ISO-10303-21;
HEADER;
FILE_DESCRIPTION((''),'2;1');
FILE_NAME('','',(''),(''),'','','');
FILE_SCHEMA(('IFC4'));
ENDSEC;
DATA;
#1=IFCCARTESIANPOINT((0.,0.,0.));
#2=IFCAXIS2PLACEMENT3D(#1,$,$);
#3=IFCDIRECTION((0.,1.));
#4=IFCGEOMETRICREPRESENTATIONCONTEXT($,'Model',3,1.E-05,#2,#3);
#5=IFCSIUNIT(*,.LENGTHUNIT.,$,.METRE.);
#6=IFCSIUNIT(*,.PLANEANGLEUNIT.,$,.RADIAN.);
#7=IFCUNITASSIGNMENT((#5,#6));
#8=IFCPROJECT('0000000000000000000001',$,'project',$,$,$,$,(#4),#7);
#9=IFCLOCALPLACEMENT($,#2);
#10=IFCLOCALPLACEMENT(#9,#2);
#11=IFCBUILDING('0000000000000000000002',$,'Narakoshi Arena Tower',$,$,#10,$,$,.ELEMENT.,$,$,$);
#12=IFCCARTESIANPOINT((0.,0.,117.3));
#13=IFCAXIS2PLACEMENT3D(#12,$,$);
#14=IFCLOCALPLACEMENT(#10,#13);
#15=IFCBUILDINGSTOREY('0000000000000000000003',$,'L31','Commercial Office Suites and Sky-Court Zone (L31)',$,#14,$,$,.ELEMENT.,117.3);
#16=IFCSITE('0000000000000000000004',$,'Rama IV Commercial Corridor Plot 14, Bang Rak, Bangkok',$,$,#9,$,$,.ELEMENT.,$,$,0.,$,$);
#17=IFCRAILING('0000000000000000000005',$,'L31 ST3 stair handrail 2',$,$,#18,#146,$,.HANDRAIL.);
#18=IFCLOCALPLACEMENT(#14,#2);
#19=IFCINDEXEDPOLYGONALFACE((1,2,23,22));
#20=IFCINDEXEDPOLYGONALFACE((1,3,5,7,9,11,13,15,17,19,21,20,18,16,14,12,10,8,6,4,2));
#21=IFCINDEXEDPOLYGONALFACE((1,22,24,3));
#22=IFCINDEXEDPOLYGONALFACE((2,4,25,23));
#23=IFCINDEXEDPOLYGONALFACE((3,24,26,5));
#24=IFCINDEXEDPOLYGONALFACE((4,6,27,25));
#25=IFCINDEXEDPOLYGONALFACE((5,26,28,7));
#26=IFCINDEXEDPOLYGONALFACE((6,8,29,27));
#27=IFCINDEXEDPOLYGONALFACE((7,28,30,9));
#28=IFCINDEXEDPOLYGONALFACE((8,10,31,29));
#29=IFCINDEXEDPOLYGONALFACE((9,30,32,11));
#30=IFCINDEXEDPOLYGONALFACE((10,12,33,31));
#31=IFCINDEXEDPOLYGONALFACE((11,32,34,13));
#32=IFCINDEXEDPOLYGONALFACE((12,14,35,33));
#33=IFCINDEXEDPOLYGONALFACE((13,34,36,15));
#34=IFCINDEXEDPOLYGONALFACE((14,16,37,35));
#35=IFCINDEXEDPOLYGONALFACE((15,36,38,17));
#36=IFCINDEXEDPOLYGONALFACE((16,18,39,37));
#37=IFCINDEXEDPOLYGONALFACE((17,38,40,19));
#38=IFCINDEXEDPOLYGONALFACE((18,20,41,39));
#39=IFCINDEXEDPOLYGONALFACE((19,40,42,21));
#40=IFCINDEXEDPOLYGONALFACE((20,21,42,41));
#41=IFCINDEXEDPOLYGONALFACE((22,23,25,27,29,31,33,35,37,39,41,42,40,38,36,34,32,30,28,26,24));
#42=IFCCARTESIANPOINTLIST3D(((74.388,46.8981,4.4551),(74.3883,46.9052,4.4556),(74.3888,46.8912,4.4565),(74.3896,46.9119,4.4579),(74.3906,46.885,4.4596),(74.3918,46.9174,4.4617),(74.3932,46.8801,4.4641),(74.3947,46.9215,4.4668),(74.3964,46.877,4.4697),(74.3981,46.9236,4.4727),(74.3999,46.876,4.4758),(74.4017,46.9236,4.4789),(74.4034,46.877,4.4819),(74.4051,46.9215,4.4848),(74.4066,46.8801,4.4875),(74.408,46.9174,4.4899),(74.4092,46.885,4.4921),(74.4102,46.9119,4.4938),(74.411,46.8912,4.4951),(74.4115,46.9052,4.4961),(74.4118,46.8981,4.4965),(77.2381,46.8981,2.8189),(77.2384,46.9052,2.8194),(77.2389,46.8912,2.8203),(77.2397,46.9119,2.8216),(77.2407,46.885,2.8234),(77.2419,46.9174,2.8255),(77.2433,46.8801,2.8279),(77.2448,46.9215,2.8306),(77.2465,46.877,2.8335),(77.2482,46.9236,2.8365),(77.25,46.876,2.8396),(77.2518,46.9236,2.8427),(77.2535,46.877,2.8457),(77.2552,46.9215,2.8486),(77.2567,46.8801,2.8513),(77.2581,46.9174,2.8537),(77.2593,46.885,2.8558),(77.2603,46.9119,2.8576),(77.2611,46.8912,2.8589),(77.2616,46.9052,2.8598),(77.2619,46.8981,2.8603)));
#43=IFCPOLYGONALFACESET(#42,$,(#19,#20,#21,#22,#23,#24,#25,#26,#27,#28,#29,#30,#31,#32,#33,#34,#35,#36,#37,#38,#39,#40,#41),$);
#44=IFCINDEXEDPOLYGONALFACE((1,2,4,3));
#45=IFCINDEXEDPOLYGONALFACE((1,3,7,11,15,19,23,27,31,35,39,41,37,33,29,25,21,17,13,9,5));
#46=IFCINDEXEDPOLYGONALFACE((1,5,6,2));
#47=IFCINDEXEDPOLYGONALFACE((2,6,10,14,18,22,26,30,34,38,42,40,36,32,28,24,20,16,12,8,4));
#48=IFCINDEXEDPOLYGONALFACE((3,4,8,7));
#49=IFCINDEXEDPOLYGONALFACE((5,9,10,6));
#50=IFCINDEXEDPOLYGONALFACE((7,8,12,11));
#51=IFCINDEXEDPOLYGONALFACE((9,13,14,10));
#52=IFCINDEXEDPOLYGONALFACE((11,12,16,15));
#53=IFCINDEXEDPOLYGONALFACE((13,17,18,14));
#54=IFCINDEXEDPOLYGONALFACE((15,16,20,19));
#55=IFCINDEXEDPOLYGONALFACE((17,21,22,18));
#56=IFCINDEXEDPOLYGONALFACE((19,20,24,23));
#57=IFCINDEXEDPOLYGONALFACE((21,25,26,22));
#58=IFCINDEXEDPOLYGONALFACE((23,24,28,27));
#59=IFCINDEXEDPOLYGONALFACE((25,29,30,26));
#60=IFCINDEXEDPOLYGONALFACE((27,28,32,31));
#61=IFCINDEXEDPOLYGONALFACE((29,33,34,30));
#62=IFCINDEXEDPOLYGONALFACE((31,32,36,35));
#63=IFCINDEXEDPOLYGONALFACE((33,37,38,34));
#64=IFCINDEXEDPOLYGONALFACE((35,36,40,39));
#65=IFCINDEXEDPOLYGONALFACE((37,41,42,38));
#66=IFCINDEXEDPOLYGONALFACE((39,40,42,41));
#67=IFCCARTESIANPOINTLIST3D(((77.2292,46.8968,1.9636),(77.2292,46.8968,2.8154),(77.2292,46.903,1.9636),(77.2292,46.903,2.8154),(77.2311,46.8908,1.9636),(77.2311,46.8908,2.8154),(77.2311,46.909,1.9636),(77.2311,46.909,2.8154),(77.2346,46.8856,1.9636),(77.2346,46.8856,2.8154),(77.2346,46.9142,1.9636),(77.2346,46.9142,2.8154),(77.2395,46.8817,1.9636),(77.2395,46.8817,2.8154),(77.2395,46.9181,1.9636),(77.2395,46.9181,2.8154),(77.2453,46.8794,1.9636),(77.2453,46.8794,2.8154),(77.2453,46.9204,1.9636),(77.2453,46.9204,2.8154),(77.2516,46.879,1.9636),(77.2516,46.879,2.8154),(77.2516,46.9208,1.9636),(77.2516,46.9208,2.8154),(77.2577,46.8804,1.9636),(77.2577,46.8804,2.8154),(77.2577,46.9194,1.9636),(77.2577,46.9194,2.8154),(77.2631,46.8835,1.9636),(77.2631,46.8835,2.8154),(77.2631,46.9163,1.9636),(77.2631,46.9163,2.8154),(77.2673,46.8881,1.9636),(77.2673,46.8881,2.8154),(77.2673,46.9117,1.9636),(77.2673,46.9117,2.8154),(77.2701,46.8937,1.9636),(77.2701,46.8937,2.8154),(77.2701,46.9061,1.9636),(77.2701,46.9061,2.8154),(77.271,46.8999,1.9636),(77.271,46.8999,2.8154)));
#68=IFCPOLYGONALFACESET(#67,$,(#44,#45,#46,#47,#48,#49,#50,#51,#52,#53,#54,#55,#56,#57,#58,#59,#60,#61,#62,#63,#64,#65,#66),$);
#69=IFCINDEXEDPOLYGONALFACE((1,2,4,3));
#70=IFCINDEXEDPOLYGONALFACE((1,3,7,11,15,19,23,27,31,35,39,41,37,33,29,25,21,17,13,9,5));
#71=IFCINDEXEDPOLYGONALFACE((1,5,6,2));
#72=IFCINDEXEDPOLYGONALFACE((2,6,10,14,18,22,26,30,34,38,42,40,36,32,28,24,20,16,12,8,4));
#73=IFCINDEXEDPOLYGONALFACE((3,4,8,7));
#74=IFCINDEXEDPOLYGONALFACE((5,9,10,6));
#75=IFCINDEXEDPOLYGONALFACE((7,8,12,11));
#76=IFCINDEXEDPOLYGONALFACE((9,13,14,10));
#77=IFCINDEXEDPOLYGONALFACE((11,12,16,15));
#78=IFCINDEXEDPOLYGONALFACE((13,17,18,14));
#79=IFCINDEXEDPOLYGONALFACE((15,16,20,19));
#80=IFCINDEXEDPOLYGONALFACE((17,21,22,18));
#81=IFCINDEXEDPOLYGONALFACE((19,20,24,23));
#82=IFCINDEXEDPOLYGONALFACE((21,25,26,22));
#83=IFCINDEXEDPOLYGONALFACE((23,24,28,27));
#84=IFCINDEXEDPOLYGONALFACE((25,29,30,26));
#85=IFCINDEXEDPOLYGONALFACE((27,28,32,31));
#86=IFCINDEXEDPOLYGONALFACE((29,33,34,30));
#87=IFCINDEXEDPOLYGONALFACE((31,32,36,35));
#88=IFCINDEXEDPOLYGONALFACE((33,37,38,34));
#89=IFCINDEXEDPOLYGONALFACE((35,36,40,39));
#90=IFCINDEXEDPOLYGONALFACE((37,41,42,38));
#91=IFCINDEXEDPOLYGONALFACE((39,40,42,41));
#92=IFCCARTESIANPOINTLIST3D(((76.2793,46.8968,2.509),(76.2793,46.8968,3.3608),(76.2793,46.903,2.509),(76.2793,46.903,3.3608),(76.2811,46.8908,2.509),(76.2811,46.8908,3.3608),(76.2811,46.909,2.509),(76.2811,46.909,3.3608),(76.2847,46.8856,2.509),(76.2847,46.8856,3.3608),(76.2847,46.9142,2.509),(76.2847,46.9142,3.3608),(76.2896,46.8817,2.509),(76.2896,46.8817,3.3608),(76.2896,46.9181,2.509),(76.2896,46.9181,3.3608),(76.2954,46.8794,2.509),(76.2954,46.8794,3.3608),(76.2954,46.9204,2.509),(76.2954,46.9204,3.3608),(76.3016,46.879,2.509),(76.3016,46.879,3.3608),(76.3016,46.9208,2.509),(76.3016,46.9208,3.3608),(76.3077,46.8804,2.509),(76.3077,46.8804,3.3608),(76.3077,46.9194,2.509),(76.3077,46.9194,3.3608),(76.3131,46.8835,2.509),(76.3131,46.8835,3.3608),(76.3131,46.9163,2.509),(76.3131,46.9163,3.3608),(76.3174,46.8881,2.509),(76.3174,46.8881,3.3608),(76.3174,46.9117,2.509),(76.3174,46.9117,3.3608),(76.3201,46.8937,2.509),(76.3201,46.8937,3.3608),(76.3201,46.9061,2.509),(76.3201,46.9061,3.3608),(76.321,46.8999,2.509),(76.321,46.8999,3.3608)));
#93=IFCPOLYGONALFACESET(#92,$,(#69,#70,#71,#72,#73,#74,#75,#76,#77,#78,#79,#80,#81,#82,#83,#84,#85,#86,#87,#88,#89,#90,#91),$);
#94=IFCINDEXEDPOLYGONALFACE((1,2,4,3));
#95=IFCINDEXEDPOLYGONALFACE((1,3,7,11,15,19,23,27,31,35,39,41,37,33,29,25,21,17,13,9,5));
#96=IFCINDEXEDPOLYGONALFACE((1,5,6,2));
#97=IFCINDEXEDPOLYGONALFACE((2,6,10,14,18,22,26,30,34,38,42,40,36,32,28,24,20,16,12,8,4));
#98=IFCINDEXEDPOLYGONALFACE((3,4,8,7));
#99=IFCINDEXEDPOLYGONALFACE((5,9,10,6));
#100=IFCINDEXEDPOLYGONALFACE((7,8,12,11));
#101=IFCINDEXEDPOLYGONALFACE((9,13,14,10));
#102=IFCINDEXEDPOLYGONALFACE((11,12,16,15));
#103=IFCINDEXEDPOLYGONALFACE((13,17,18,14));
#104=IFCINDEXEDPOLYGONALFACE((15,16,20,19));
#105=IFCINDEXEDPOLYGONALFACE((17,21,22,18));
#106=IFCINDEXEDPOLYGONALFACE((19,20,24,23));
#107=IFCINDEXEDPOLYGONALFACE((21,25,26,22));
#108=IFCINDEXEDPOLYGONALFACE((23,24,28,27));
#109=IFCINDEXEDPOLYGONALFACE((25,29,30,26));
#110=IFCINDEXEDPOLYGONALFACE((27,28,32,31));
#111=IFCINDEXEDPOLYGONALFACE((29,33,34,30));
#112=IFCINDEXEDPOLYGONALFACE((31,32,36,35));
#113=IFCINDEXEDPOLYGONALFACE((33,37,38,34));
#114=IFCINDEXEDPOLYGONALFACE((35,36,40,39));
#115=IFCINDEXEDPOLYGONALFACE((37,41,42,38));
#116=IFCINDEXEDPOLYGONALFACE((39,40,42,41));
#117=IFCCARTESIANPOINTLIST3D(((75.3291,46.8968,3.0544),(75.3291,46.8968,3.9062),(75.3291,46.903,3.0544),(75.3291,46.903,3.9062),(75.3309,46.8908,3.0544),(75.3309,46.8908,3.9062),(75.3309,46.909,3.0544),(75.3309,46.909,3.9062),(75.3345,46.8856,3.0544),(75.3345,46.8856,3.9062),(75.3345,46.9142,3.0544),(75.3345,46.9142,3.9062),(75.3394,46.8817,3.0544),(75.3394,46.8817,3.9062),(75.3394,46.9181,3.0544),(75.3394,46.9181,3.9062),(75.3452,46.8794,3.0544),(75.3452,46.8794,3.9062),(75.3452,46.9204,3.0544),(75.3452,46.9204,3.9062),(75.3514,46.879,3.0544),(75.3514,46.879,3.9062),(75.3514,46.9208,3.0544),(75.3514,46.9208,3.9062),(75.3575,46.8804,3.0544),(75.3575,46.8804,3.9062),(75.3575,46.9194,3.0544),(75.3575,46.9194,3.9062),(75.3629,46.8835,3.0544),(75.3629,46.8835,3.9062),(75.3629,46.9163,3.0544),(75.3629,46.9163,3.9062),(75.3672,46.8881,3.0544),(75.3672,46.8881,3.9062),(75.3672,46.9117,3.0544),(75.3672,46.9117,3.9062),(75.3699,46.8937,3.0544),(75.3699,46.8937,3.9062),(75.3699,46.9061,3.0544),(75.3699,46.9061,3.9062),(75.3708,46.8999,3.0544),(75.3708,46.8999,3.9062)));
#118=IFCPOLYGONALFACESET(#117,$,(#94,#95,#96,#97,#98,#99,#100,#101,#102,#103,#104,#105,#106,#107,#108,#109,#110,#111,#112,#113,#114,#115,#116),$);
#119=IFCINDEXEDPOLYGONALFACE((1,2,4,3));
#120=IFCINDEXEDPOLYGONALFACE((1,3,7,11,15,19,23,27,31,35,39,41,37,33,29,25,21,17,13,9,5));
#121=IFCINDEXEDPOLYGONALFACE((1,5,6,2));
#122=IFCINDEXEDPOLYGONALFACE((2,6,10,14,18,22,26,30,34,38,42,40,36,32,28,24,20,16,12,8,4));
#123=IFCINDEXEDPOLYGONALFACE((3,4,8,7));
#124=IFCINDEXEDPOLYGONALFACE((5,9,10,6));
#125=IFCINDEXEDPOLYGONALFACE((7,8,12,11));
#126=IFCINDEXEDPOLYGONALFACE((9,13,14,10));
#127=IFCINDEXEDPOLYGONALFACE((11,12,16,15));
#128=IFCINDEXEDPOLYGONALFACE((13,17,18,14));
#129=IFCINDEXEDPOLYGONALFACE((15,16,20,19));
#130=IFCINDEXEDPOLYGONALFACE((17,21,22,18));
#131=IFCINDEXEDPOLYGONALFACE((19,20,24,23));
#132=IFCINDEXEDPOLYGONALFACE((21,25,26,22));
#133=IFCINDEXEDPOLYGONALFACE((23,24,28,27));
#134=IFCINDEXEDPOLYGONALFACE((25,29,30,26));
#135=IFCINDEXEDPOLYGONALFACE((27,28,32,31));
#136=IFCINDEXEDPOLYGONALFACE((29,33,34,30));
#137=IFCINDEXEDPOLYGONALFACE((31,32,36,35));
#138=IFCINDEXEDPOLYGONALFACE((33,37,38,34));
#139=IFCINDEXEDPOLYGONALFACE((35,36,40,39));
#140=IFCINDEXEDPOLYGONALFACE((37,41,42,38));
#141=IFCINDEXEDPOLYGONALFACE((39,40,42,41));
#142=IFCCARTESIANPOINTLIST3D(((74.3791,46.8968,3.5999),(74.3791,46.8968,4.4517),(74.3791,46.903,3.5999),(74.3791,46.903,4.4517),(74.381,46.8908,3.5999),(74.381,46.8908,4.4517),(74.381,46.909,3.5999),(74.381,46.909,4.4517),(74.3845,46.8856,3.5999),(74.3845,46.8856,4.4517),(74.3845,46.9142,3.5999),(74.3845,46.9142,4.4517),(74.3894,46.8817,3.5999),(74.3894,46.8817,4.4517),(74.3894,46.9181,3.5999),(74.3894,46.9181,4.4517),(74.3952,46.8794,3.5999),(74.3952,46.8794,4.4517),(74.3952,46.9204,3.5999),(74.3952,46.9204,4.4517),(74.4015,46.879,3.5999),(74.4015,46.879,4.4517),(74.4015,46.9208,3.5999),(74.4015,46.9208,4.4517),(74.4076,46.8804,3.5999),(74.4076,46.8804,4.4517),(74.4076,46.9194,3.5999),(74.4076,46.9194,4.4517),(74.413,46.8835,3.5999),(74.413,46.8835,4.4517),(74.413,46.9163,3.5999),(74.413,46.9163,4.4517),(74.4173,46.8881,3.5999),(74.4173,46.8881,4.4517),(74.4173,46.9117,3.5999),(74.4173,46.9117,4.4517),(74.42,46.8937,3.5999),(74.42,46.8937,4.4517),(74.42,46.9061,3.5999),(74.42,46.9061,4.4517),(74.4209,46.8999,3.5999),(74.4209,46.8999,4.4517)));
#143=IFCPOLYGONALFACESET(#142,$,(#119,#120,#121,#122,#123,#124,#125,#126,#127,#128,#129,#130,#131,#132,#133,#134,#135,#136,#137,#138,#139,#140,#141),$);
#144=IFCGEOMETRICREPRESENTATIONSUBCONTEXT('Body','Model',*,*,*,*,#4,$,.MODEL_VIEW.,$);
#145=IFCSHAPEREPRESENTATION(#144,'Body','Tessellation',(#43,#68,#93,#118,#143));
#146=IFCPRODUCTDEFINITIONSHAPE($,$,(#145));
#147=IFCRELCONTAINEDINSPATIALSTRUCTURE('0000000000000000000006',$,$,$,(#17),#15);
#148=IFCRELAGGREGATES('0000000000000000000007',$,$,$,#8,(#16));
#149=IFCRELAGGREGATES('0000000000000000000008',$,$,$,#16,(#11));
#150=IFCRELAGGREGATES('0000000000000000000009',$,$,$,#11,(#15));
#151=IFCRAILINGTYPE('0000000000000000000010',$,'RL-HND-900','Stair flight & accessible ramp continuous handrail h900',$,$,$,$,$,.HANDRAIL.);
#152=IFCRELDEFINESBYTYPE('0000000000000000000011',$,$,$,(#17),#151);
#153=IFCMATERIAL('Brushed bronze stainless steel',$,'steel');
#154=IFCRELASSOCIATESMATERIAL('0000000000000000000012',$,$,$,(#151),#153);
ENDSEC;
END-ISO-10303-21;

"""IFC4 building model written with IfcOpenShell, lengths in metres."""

from ifc_helpers import new_model, si_unit, direction, frame, origin, origin_2d, place, context, subcontext, project, spatial, circle, extrude, material, type_object, element, save


model = new_model("IFC4")

# Units and contexts
model_context = context("Model", 3, precision=1e-05, world=origin(), true_north=direction((0.0, 1.0)))
body_context = subcontext(model_context, "Body", "Model", "MODEL_VIEW")
ifc_project = project(units=[si_unit("LENGTHUNIT", "METRE"), si_unit("PLANEANGLEUNIT", "RADIAN")], contexts=[model_context])

# Site, building, storey
site_placement = place(None, origin())
site = spatial("IfcSite", under=ifc_project, at=site_placement, Name="Rama IV Commercial Corridor Plot 14, Bang Rak, Bangkok", CompositionType="ELEMENT", RefElevation=0.0)
building_placement = place(site_placement, origin())
building = spatial("IfcBuilding", under=site, at=building_placement, Name="Narakoshi Arena Tower", CompositionType="ELEMENT")
storey_placement = place(building_placement, frame((0.0, 0.0, 117.3)))
storey = spatial("IfcBuildingStorey", under=building, at=storey_placement, Name="L31", Description="Commercial Office Suites and Sky-Court Zone (L31)", CompositionType="ELEMENT", Elevation=117.3)

# Shared definitions
ifc_material_1 = material(Name="Brushed bronze stainless steel", Category="steel")

# Railing
railing_type_1 = type_object("IfcRailingType", Name="RL-HND-900", Description="Stair flight & accessible ramp continuous handrail h900", PredefinedType="HANDRAIL", material=ifc_material_1)
railing_1_placement = place(storey_placement, frame((77.25, 46.8999, 1.9636)))
element("IfcRailing", 1, at=railing_1_placement, inside=storey, type_object=railing_type_1, Name="L31 ST3 stair handrail 2", PredefinedType="HANDRAIL", context=body_context, shape_type="SweptSolid", body=[
    extrude(circle(Radius=0.0239, at=origin_2d()), frame((0.0, 0.0, 0.876), z_axis=(-0.867245, 0.0, 0.497882), x_axis=(0.0, -1.0, 0.0)), (0.0, 0.0, 1.0), 3.2864),
    extrude(circle(Radius=0.021, at=origin_2d()), origin(), (0.0, 0.0, 1.0), 0.8518),
    extrude(circle(Radius=0.021, at=origin_2d()), frame((-0.95, 0.0, 0.5454)), (0.0, 0.0, 1.0), 0.8518),
    extrude(circle(Radius=0.021, at=origin_2d()), frame((-1.9001, 0.0, 1.0908)), (0.0, 0.0, 1.0), 0.8518),
    extrude(circle(Radius=0.021, at=origin_2d()), frame((-2.8501, 0.0, 1.6362)), (0.0, 0.0, 1.0), 0.8518),
])

save(model, "model.ifc")
